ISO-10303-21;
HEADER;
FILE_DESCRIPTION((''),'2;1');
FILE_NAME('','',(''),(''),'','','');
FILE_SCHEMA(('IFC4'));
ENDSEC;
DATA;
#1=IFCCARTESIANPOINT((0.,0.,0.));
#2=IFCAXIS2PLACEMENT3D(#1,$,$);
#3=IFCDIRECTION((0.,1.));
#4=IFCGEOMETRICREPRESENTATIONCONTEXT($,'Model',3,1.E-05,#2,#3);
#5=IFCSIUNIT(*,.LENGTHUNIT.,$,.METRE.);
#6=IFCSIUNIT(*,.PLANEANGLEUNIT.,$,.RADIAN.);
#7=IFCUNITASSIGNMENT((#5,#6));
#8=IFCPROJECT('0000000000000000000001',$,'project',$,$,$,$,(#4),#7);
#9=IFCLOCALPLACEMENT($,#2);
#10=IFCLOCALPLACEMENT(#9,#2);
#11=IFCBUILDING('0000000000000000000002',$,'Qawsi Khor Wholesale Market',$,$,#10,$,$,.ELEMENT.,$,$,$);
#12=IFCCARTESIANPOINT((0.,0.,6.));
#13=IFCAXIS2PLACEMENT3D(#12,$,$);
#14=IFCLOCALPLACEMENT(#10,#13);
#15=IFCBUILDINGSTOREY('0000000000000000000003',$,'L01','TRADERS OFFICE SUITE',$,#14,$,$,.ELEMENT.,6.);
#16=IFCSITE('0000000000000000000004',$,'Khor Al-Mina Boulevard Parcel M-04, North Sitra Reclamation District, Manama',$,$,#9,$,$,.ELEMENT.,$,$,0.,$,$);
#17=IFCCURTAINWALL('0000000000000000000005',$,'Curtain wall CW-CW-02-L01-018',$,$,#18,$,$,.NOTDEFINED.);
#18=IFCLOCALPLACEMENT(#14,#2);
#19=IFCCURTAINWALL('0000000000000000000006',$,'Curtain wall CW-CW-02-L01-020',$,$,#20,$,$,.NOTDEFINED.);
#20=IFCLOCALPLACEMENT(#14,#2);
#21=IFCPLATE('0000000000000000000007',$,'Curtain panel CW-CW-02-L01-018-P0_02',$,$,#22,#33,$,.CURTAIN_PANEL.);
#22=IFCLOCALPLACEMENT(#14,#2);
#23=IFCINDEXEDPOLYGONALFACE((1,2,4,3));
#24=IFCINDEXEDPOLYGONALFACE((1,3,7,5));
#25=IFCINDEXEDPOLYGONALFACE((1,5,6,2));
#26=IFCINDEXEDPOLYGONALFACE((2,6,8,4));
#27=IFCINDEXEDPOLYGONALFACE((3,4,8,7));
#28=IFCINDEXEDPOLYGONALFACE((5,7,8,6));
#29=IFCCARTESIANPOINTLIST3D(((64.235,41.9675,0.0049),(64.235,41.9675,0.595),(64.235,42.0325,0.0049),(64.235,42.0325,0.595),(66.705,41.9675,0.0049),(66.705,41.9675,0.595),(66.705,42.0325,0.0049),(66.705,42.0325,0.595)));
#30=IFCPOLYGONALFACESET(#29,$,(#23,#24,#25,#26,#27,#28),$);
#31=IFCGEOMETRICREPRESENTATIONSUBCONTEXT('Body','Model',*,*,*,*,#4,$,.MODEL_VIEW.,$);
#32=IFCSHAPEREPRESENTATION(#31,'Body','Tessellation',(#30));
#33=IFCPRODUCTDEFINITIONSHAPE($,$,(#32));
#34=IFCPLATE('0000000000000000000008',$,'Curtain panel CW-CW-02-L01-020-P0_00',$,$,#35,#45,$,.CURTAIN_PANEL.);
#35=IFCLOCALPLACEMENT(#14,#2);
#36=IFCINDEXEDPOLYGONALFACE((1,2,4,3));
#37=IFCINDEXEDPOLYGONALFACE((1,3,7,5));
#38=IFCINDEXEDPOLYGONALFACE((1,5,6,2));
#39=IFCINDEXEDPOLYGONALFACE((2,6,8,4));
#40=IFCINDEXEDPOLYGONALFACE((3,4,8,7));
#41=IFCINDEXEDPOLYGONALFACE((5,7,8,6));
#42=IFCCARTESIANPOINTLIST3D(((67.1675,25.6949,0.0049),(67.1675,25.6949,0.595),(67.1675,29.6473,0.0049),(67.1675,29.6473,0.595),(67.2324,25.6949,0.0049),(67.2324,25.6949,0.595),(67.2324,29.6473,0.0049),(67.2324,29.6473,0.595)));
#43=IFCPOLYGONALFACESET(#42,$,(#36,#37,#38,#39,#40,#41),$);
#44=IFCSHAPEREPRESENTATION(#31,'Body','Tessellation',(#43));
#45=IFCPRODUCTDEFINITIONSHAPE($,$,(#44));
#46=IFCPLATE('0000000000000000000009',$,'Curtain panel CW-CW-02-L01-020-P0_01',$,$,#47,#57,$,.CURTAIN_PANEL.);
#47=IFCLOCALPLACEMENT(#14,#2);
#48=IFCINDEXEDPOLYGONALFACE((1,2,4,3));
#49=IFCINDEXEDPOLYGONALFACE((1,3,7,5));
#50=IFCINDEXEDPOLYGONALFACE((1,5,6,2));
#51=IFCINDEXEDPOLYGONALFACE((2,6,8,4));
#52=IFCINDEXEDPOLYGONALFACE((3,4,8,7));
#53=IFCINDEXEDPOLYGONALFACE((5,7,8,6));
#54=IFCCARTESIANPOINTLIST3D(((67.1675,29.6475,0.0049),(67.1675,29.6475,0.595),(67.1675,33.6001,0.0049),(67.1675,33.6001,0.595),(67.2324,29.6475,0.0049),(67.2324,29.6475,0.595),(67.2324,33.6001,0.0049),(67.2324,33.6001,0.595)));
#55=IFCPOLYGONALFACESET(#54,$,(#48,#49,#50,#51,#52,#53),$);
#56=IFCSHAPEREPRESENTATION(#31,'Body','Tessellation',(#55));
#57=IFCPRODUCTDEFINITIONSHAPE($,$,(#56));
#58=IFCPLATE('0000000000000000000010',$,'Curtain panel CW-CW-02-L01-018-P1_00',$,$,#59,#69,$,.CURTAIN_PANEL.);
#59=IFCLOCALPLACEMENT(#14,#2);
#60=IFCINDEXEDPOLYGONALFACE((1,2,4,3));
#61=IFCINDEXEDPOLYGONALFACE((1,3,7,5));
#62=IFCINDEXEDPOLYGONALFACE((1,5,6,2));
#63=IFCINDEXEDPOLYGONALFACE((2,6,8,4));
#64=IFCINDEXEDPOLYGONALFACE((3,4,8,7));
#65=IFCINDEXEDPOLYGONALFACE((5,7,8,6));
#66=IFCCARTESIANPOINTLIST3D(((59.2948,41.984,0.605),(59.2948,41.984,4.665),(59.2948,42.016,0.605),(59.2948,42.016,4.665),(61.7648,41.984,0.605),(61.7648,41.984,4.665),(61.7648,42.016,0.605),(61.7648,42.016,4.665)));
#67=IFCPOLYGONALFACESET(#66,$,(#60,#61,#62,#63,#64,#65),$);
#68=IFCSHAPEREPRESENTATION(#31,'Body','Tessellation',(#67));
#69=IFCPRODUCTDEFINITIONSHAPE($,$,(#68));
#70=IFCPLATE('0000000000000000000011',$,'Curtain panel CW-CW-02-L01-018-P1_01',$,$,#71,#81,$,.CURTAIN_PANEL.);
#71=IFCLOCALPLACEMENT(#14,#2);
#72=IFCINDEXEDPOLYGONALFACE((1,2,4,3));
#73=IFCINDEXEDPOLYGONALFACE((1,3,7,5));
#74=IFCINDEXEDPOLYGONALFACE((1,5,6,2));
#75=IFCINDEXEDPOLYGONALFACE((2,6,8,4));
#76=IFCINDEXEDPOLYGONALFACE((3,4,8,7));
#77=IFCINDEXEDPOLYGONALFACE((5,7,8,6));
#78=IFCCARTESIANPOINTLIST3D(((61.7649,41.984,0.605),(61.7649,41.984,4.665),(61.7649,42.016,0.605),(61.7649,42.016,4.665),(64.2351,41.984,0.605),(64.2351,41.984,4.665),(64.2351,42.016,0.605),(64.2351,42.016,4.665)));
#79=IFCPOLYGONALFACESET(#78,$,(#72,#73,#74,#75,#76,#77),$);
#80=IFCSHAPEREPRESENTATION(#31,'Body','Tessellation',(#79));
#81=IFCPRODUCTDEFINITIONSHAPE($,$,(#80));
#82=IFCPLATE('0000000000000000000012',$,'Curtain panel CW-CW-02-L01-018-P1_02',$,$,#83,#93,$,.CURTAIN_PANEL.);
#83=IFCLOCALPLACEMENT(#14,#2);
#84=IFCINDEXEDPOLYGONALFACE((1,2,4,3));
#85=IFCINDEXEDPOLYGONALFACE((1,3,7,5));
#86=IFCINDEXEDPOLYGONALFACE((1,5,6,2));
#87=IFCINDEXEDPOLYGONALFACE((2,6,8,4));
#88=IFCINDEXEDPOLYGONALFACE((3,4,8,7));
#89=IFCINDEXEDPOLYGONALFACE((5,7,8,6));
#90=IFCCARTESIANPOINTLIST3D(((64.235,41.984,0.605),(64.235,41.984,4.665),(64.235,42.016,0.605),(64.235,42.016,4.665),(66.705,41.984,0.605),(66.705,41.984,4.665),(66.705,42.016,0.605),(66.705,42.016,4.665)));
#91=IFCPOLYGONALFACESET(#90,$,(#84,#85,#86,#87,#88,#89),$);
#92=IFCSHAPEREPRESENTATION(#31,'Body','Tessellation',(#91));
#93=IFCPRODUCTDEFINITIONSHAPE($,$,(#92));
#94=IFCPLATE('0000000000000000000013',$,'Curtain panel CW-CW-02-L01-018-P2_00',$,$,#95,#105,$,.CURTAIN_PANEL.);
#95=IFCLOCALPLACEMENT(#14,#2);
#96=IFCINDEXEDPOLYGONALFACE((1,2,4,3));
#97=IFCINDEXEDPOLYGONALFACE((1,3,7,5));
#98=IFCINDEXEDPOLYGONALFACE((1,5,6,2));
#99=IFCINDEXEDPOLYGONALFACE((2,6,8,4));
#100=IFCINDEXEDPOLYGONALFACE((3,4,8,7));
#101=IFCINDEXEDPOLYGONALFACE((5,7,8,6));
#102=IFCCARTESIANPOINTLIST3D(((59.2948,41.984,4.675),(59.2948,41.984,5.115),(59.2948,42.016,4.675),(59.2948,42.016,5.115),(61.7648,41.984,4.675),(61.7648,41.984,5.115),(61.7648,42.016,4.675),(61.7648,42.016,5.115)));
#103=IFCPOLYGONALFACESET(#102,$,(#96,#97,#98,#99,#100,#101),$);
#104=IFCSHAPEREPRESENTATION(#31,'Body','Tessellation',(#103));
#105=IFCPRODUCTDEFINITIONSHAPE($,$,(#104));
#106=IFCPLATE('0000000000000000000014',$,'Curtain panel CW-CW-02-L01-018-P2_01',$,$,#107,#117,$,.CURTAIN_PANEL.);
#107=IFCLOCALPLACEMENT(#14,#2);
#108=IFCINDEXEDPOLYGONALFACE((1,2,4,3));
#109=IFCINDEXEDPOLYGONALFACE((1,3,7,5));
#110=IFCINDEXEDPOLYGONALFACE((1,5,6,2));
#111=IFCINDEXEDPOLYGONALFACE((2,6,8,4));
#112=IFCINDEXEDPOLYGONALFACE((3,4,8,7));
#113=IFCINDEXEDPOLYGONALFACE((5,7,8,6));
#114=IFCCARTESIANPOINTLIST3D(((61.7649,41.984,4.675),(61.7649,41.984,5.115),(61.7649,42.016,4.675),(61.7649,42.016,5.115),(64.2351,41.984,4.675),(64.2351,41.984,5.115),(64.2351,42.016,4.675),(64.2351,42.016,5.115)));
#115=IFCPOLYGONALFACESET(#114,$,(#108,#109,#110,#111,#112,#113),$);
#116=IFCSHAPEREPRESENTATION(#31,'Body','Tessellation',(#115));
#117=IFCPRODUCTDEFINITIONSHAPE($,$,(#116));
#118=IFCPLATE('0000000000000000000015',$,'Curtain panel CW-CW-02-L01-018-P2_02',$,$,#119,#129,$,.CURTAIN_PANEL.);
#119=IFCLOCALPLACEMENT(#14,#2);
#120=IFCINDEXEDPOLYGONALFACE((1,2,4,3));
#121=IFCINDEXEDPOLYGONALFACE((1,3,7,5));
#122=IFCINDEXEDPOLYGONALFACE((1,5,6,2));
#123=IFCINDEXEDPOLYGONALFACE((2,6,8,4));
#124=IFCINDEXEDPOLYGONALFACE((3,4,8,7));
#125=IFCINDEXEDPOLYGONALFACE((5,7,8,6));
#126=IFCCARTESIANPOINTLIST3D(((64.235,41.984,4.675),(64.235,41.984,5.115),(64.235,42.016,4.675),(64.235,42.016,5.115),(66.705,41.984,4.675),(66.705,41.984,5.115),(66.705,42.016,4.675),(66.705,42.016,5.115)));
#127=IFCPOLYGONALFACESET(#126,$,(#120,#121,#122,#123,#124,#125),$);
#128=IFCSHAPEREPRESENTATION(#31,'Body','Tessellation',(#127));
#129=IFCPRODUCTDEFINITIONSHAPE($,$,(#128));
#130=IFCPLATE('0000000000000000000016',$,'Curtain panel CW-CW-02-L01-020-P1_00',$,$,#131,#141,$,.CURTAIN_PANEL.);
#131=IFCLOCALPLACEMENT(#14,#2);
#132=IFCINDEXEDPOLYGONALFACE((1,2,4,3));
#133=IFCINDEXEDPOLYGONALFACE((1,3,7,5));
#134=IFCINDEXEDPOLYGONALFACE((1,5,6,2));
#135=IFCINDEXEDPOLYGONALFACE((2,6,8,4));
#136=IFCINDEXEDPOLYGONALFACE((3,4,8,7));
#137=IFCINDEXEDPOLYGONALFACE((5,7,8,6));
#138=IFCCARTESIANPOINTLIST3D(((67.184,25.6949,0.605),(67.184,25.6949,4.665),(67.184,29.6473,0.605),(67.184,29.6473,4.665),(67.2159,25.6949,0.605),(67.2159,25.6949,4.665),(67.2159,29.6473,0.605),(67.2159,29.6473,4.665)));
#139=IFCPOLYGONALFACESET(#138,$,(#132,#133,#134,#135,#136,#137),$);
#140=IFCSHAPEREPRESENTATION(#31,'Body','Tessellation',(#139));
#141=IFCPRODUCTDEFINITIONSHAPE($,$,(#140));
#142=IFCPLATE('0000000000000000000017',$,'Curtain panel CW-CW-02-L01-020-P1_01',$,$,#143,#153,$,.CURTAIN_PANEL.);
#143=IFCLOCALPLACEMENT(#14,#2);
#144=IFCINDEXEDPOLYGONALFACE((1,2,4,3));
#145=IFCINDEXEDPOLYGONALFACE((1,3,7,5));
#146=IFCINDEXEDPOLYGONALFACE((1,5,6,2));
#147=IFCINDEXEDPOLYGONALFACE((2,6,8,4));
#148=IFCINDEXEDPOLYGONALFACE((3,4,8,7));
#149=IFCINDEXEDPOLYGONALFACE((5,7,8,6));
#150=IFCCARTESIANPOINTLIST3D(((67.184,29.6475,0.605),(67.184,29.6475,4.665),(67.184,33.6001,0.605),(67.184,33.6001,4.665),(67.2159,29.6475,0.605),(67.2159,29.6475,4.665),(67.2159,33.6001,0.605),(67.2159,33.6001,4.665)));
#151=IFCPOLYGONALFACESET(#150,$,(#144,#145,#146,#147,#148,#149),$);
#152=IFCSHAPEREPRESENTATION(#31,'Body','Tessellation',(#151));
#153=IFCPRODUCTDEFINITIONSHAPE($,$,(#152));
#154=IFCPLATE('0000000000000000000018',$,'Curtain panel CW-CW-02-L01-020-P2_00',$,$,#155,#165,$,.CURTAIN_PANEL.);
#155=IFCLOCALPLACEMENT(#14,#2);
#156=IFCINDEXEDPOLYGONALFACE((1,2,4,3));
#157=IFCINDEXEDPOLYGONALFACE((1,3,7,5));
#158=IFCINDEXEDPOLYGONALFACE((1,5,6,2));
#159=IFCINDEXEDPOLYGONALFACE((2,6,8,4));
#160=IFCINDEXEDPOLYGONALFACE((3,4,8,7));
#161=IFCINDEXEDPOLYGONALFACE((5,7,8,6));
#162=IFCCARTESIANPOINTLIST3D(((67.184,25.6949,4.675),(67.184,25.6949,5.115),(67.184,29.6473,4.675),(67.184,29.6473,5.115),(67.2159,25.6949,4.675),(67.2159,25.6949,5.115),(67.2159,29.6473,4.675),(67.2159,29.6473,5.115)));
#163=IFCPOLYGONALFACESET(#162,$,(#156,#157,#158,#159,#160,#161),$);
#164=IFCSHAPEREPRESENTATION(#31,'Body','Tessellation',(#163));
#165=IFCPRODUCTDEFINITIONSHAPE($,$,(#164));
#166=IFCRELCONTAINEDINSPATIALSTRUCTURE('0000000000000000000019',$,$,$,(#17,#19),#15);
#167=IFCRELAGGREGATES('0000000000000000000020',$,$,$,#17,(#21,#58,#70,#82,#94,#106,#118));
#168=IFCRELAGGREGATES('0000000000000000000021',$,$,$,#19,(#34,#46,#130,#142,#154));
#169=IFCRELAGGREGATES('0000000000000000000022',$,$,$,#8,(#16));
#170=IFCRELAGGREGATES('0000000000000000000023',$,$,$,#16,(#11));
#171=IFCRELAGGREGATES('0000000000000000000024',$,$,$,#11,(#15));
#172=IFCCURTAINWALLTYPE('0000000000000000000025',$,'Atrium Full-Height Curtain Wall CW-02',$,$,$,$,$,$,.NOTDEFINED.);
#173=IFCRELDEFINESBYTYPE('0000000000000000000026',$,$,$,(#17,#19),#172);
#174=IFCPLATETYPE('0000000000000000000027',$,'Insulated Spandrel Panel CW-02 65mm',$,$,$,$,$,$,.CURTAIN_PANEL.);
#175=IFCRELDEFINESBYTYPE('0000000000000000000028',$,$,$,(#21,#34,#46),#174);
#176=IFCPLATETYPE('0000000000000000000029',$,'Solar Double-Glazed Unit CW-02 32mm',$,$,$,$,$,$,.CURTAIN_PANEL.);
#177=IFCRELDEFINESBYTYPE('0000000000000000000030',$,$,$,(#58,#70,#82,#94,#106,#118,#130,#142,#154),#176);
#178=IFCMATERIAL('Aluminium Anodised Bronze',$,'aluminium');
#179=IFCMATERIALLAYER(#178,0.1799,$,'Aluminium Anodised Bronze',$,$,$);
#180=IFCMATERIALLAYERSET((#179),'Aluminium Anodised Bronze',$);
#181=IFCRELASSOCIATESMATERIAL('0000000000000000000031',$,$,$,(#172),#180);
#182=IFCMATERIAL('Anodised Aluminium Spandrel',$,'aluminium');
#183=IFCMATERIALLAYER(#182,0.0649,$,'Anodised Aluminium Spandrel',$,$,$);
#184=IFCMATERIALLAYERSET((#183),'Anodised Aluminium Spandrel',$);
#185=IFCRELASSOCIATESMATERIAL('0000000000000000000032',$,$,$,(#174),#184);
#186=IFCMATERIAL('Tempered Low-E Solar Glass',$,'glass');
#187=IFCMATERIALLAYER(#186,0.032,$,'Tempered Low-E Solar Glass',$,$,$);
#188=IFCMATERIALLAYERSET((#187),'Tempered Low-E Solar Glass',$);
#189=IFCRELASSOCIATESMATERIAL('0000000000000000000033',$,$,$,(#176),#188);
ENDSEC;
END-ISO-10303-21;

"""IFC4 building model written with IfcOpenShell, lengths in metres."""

from ifc_helpers import new_model, si_unit, direction, frame, frame_2d, origin, place, context, subcontext, project, spatial, rectangle, extrude, material, layer, layer_set, type_object, element, aggregate, save


model = new_model("IFC4")

# Units and contexts
model_context = context("Model", 3, precision=1e-05, world=origin(), true_north=direction((0.0, 1.0)))
body_context = subcontext(model_context, "Body", "Model", "MODEL_VIEW")
ifc_project = project(units=[si_unit("LENGTHUNIT", "METRE"), si_unit("PLANEANGLEUNIT", "RADIAN")], contexts=[model_context])

# Site, building, storey
site_placement = place(None, origin())
site = spatial("IfcSite", under=ifc_project, at=site_placement, Name="Khor Al-Mina Boulevard Parcel M-04, North Sitra Reclamation District, Manama", CompositionType="ELEMENT", RefElevation=0.0)
building_placement = place(site_placement, origin())
building = spatial("IfcBuilding", under=site, at=building_placement, Name="Qawsi Khor Wholesale Market", CompositionType="ELEMENT")
storey_placement = place(building_placement, frame((0.0, 0.0, 6.0)))
storey = spatial("IfcBuildingStorey", under=building, at=storey_placement, Name="L01", Description="TRADERS OFFICE SUITE", CompositionType="ELEMENT", Elevation=6.0)

# Curtain walls
ifc_material_1 = material(Name="Aluminium Anodised Bronze", Category="aluminium")
ifc_layer_1 = layer(ifc_material_1, 0.1799, Name="Aluminium Anodised Bronze")
ifc_layer_set_1 = layer_set([ifc_layer_1], Name="Aluminium Anodised Bronze")
curtain_wall_type = type_object("IfcCurtainWallType", Name="Atrium Full-Height Curtain Wall CW-02", PredefinedType="NOTDEFINED", material=ifc_layer_set_1)
curtain_wall_1_placement = place(storey_placement, origin())
curtain_wall_1 = element("IfcCurtainWall", 1, at=curtain_wall_1_placement, inside=storey, type_object=curtain_wall_type, Name="Curtain wall CW-CW-02-L01-018", PredefinedType="NOTDEFINED")
curtain_wall_2_placement = place(storey_placement, origin())
curtain_wall_2 = element("IfcCurtainWall", 2, at=curtain_wall_2_placement, inside=storey, type_object=curtain_wall_type, Name="Curtain wall CW-CW-02-L01-020", PredefinedType="NOTDEFINED")

# Plates
ifc_material_2 = material(Name="Anodised Aluminium Spandrel", Category="aluminium")
ifc_layer_2 = layer(ifc_material_2, 0.0649, Name="Anodised Aluminium Spandrel")
ifc_layer_set_2 = layer_set([ifc_layer_2], Name="Anodised Aluminium Spandrel")
plate_type_1 = type_object("IfcPlateType", Name="Insulated Spandrel Panel CW-02 65mm", PredefinedType="CURTAIN_PANEL", material=ifc_layer_set_2)
plate_1_placement = place(storey_placement, frame((64.2351, 42.0, 0.0049), z_axis=(0.0, 0.0, 1.0), x_axis=(1.0, 0.0, 0.0)))
plate_1 = element("IfcPlate", 3, at=plate_1_placement, type_object=plate_type_1, Name="Curtain panel CW-CW-02-L01-018-P0_02", PredefinedType="CURTAIN_PANEL", context=body_context, shape_type="SweptSolid", body=[
    extrude(rectangle(XDim=2.47, YDim=0.0649, at=frame_2d((1.2349, 0.0))), origin(), (0.0, 0.0, 1.0), 0.5901),
])
plate_2_placement = place(storey_placement, frame((67.2, 25.6951, 0.0049), z_axis=(0.0, 0.0, 1.0), x_axis=(0.0, 1.0, 0.0)))
plate_2 = element("IfcPlate", 4, at=plate_2_placement, type_object=plate_type_1, Name="Curtain panel CW-CW-02-L01-020-P0_00", PredefinedType="CURTAIN_PANEL", context=body_context, shape_type="SweptSolid", body=[
    extrude(rectangle(XDim=3.9524, YDim=0.0649, at=frame_2d((1.9761, 0.0))), origin(), (0.0, 0.0, 1.0), 0.5901),
])
plate_3_placement = place(storey_placement, frame((67.2, 29.6475, 0.0049), z_axis=(0.0, 0.0, 1.0), x_axis=(0.0, 1.0, 0.0)))
plate_3 = element("IfcPlate", 5, at=plate_3_placement, type_object=plate_type_1, Name="Curtain panel CW-CW-02-L01-020-P0_01", PredefinedType="CURTAIN_PANEL", context=body_context, shape_type="SweptSolid", body=[
    extrude(rectangle(XDim=3.9526, YDim=0.0649, at=frame_2d((1.9763, 0.0))), origin(), (0.0, 0.0, 1.0), 0.5901),
])
ifc_material_3 = material(Name="Tempered Low-E Solar Glass", Category="glass")
ifc_layer_3 = layer(ifc_material_3, 0.032, Name="Tempered Low-E Solar Glass")
ifc_layer_set_3 = layer_set([ifc_layer_3], Name="Tempered Low-E Solar Glass")
plate_type_2 = type_object("IfcPlateType", Name="Solar Double-Glazed Unit CW-02 32mm", PredefinedType="CURTAIN_PANEL", material=ifc_layer_set_3)
plate_4_placement = place(storey_placement, frame((59.2949, 42.0, 0.605), z_axis=(0.0, 0.0, 1.0), x_axis=(1.0, 0.0, 0.0)))
plate_4 = element("IfcPlate", 6, at=plate_4_placement, type_object=plate_type_2, Name="Curtain panel CW-CW-02-L01-018-P1_00", PredefinedType="CURTAIN_PANEL", context=body_context, shape_type="SweptSolid", body=[
    extrude(rectangle(XDim=2.47, YDim=0.032, at=frame_2d((1.2349, 0.0))), origin(), (0.0, 0.0, 1.0), 4.0601),
])
plate_5_placement = place(storey_placement, frame((61.7649, 42.0, 0.605), z_axis=(0.0, 0.0, 1.0), x_axis=(1.0, 0.0, 0.0)))
plate_5 = element("IfcPlate", 7, at=plate_5_placement, type_object=plate_type_2, Name="Curtain panel CW-CW-02-L01-018-P1_01", PredefinedType="CURTAIN_PANEL", context=body_context, shape_type="SweptSolid", body=[
    extrude(rectangle(XDim=2.4702, YDim=0.032, at=frame_2d((1.2351, 0.0))), origin(), (0.0, 0.0, 1.0), 4.0601),
])
plate_6_placement = place(storey_placement, frame((64.2351, 42.0, 0.605), z_axis=(0.0, 0.0, 1.0), x_axis=(1.0, 0.0, 0.0)))
plate_6 = element("IfcPlate", 8, at=plate_6_placement, type_object=plate_type_2, Name="Curtain panel CW-CW-02-L01-018-P1_02", PredefinedType="CURTAIN_PANEL", context=body_context, shape_type="SweptSolid", body=[
    extrude(rectangle(XDim=2.47, YDim=0.032, at=frame_2d((1.2349, 0.0))), origin(), (0.0, 0.0, 1.0), 4.0601),
])
plate_7_placement = place(storey_placement, frame((59.2949, 42.0, 4.675), z_axis=(0.0, 0.0, 1.0), x_axis=(1.0, 0.0, 0.0)))
plate_7 = element("IfcPlate", 9, at=plate_7_placement, type_object=plate_type_2, Name="Curtain panel CW-CW-02-L01-018-P2_00", PredefinedType="CURTAIN_PANEL", context=body_context, shape_type="SweptSolid", body=[
    extrude(rectangle(XDim=2.47, YDim=0.032, at=frame_2d((1.2349, 0.0))), origin(), (0.0, 0.0, 1.0), 0.4399),
])
plate_8_placement = place(storey_placement, frame((61.7649, 42.0, 4.675), z_axis=(0.0, 0.0, 1.0), x_axis=(1.0, 0.0, 0.0)))
plate_8 = element("IfcPlate", 10, at=plate_8_placement, type_object=plate_type_2, Name="Curtain panel CW-CW-02-L01-018-P2_01", PredefinedType="CURTAIN_PANEL", context=body_context, shape_type="SweptSolid", body=[
    extrude(rectangle(XDim=2.4702, YDim=0.032, at=frame_2d((1.2351, 0.0))), origin(), (0.0, 0.0, 1.0), 0.4399),
])
plate_9_placement = place(storey_placement, frame((64.2351, 42.0, 4.675), z_axis=(0.0, 0.0, 1.0), x_axis=(1.0, 0.0, 0.0)))
plate_9 = element("IfcPlate", 11, at=plate_9_placement, type_object=plate_type_2, Name="Curtain panel CW-CW-02-L01-018-P2_02", PredefinedType="CURTAIN_PANEL", context=body_context, shape_type="SweptSolid", body=[
    extrude(rectangle(XDim=2.47, YDim=0.032, at=frame_2d((1.2349, 0.0))), origin(), (0.0, 0.0, 1.0), 0.4399),
])
aggregate(curtain_wall_1, [plate_1, plate_4, plate_5, plate_6, plate_7, plate_8, plate_9])
plate_10_placement = place(storey_placement, frame((67.2, 25.6951, 0.605), z_axis=(0.0, 0.0, 1.0), x_axis=(0.0, 1.0, 0.0)))
plate_10 = element("IfcPlate", 12, at=plate_10_placement, type_object=plate_type_2, Name="Curtain panel CW-CW-02-L01-020-P1_00", PredefinedType="CURTAIN_PANEL", context=body_context, shape_type="SweptSolid", body=[
    extrude(rectangle(XDim=3.9524, YDim=0.032, at=frame_2d((1.9761, 0.0))), origin(), (0.0, 0.0, 1.0), 4.0601),
])
plate_11_placement = place(storey_placement, frame((67.2, 29.6475, 0.605), z_axis=(0.0, 0.0, 1.0), x_axis=(0.0, 1.0, 0.0)))
plate_11 = element("IfcPlate", 13, at=plate_11_placement, type_object=plate_type_2, Name="Curtain panel CW-CW-02-L01-020-P1_01", PredefinedType="CURTAIN_PANEL", context=body_context, shape_type="SweptSolid", body=[
    extrude(rectangle(XDim=3.9526, YDim=0.032, at=frame_2d((1.9763, 0.0))), origin(), (0.0, 0.0, 1.0), 4.0601),
])
plate_12_placement = place(storey_placement, frame((67.2, 25.6951, 4.675), z_axis=(0.0, 0.0, 1.0), x_axis=(0.0, 1.0, 0.0)))
plate_12 = element("IfcPlate", 14, at=plate_12_placement, type_object=plate_type_2, Name="Curtain panel CW-CW-02-L01-020-P2_00", PredefinedType="CURTAIN_PANEL", context=body_context, shape_type="SweptSolid", body=[
    extrude(rectangle(XDim=3.9524, YDim=0.032, at=frame_2d((1.9761, 0.0))), origin(), (0.0, 0.0, 1.0), 0.4399),
])
aggregate(curtain_wall_2, [plate_2, plate_3, plate_10, plate_11, plate_12])

save(model, "model.ifc")
